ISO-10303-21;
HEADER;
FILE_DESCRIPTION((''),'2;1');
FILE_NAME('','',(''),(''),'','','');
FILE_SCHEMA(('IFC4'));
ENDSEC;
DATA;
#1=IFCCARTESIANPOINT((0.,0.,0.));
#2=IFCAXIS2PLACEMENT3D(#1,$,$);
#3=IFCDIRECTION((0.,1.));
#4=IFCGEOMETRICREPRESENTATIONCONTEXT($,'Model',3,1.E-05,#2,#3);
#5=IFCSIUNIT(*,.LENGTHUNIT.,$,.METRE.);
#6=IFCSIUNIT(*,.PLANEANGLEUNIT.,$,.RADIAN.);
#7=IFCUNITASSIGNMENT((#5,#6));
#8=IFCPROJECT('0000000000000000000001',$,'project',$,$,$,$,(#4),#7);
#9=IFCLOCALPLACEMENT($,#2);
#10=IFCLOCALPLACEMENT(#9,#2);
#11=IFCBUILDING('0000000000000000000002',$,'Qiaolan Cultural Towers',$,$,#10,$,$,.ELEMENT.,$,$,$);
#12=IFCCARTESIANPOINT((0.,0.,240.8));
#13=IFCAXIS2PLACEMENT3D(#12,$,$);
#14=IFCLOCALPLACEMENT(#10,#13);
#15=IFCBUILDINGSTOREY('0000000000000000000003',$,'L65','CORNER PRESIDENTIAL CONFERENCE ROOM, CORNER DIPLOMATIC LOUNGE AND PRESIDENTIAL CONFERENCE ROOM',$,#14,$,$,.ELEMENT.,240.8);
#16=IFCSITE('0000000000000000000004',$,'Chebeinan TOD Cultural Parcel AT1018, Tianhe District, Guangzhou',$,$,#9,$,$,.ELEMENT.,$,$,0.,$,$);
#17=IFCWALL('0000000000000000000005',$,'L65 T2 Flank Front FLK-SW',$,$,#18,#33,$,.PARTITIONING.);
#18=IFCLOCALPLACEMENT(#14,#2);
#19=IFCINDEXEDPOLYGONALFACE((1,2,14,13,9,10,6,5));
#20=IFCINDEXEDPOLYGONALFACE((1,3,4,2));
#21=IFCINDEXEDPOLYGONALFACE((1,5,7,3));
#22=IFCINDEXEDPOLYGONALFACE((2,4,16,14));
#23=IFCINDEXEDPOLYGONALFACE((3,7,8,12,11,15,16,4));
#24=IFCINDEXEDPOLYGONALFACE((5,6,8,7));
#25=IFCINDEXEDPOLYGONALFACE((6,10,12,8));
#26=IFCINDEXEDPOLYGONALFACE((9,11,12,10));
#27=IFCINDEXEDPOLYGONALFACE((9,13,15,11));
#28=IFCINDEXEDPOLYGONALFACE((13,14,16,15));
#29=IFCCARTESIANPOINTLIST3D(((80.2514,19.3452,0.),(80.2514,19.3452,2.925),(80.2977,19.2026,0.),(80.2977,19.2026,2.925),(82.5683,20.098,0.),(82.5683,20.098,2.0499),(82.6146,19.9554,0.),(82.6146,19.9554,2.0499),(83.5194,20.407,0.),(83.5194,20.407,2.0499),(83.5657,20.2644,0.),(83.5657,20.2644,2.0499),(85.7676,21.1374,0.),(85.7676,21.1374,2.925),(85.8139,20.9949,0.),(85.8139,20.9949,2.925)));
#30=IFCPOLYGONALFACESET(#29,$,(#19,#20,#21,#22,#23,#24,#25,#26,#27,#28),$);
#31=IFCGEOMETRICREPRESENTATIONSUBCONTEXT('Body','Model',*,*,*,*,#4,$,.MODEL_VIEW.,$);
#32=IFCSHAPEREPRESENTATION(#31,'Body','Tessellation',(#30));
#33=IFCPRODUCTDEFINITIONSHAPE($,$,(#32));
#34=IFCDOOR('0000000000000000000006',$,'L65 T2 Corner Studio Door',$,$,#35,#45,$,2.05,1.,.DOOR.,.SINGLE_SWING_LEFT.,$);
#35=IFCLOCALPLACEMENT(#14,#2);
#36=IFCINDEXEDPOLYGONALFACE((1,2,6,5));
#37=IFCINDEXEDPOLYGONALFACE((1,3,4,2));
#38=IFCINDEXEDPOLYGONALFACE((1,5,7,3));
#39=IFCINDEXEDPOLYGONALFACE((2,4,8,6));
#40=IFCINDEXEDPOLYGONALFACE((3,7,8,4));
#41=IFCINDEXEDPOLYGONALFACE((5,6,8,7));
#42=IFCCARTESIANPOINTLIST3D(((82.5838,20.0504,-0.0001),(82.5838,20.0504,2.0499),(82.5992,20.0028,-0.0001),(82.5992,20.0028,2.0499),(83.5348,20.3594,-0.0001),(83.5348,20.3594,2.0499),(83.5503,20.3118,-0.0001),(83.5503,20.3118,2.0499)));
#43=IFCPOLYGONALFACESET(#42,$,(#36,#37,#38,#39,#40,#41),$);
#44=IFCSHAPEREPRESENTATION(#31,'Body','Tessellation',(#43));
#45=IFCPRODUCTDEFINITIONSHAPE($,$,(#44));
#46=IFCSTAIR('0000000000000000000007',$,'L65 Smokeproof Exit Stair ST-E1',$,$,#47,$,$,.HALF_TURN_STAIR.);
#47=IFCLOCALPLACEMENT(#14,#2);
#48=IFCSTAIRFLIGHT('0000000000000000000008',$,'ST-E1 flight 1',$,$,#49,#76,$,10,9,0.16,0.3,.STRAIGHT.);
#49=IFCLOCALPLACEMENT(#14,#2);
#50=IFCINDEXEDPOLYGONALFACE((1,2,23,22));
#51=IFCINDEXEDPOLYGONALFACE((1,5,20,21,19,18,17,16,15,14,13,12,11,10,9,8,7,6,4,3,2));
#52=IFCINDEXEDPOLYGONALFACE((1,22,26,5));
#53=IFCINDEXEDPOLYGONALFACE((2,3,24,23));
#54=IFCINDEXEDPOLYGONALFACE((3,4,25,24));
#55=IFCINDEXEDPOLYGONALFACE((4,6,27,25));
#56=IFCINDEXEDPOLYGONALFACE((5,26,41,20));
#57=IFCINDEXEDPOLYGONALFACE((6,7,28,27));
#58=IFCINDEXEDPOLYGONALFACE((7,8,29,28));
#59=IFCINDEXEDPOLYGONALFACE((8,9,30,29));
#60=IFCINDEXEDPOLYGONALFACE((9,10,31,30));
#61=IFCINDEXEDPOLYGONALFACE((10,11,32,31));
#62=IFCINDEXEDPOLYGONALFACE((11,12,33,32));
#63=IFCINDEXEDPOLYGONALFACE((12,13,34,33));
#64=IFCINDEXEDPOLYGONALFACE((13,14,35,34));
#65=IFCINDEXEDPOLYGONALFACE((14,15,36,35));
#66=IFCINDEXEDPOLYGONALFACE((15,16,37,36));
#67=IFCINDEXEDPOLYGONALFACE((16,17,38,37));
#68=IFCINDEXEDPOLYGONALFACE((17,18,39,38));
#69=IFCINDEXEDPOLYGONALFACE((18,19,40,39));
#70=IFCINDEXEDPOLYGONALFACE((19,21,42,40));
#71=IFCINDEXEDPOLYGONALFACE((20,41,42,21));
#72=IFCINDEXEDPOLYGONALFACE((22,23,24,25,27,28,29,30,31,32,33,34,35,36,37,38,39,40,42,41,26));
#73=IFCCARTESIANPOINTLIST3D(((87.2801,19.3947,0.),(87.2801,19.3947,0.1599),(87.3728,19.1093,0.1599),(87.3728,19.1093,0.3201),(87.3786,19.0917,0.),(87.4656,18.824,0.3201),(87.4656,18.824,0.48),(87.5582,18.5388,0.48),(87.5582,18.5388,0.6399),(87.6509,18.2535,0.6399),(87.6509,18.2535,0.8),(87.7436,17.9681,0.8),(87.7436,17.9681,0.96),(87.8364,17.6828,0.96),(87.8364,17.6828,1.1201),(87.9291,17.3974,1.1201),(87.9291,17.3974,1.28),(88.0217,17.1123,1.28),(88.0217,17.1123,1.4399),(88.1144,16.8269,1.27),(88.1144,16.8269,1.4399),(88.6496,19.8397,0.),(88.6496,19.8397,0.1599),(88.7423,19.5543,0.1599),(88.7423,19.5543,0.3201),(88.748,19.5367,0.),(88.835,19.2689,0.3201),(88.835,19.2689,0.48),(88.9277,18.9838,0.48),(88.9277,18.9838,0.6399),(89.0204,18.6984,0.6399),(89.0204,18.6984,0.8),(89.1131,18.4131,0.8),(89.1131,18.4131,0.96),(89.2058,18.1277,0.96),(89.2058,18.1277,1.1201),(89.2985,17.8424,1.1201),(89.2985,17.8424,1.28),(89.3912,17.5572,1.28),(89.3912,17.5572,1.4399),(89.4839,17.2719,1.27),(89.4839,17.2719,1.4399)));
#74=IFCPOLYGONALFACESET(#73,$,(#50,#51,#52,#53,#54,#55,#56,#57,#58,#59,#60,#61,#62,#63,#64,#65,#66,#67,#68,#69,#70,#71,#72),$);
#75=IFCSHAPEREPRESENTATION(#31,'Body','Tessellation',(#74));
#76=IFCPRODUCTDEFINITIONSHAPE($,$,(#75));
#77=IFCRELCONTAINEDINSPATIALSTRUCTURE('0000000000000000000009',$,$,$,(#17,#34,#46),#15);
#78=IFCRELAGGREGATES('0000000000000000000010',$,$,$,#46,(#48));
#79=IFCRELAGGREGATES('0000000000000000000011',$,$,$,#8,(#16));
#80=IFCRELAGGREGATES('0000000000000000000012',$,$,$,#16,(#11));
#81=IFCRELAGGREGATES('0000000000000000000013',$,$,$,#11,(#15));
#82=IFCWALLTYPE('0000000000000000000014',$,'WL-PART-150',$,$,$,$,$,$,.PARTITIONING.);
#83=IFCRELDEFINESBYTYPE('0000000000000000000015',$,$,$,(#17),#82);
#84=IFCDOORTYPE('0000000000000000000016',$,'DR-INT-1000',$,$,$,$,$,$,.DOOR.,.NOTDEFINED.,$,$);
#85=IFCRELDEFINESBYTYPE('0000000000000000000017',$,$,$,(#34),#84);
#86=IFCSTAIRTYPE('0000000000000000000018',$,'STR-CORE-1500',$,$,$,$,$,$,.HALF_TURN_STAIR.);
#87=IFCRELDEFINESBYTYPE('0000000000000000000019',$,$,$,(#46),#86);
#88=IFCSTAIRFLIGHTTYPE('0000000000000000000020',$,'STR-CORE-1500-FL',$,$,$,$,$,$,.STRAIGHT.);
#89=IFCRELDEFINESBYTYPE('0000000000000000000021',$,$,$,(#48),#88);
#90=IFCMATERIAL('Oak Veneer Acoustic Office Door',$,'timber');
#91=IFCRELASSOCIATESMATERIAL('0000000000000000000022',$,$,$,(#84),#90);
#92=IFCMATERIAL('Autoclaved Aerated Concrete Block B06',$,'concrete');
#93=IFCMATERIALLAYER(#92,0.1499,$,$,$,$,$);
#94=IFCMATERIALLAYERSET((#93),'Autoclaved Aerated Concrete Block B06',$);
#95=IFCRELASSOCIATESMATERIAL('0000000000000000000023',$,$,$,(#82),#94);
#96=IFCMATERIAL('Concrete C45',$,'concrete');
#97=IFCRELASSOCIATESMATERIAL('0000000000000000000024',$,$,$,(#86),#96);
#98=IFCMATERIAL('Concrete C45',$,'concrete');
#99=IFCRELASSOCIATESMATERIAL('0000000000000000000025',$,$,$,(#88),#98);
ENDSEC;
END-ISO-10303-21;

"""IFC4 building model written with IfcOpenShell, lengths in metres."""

from ifc_helpers import new_model, si_unit, direction, frame, frame_2d, origin, place, context, subcontext, project, spatial, polyline, rectangle, outline, extrude, material, layer, layer_set, type_object, element, fill, aggregate, save


model = new_model("IFC4")

# Units and contexts
model_context = context("Model", 3, precision=1e-05, world=origin(), true_north=direction((0.0, 1.0)))
body_context = subcontext(model_context, "Body", "Model", "MODEL_VIEW")
ifc_project = project(units=[si_unit("LENGTHUNIT", "METRE"), si_unit("PLANEANGLEUNIT", "RADIAN")], contexts=[model_context])

# Site, building, storey
site_placement = place(None, origin())
site = spatial("IfcSite", under=ifc_project, at=site_placement, Name="Chebeinan TOD Cultural Parcel AT1018, Tianhe District, Guangzhou", CompositionType="ELEMENT", RefElevation=0.0)
building_placement = place(site_placement, origin())
building = spatial("IfcBuilding", under=site, at=building_placement, Name="Qiaolan Cultural Towers", CompositionType="ELEMENT")
storey_placement = place(building_placement, frame((0.0, 0.0, 240.8)))
storey = spatial("IfcBuildingStorey", under=building, at=storey_placement, Name="L65", Description="CORNER PRESIDENTIAL CONFERENCE ROOM, CORNER DIPLOMATIC LOUNGE AND PRESIDENTIAL CONFERENCE ROOM", CompositionType="ELEMENT", Elevation=240.8)

# Shared definitions
ifc_material_1 = material(Name="Oak Veneer Acoustic Office Door", Category="timber")
door_type = type_object("IfcDoorType", Name="DR-INT-1000", OperationType="NOTDEFINED", PredefinedType="DOOR", material=ifc_material_1)

# Wall, opening, door
ifc_material_2 = material(Name="Autoclaved Aerated Concrete Block B06", Category="concrete")
ifc_layer_1 = layer(ifc_material_2, 0.1499)
ifc_layer_set_1 = layer_set([ifc_layer_1], Name="Autoclaved Aerated Concrete Block B06")
wall_type_1 = type_object("IfcWallType", Name="WL-PART-150", PredefinedType="PARTITIONING", material=ifc_layer_set_1)
wall_1_placement = place(storey_placement, frame((80.2747, 19.2739, 0.0), z_axis=(0.0, 0.0, 1.0), x_axis=(0.951059, 0.309008, 0.0)))
wall_1 = element("IfcWall", 1, at=wall_1_placement, inside=storey, type_object=wall_type_1, Name="L65 T2 Flank Front FLK-SW", PredefinedType="PARTITIONING", context=body_context, shape_type="SweptSolid", body=[
    extrude(rectangle(XDim=5.8, YDim=0.1499, at=frame_2d((2.8999, 0.0))), origin(), (0.0, 0.0, 1.0), 2.925),
])
opening_1_placement = place(wall_1_placement, frame((2.436, 0.0, 0.0)))
opening_1 = element("IfcOpeningElement", 2, at=opening_1_placement, cuts=wall_1, PredefinedType="OPENING", context=body_context, shape_type="SweptSolid", body=[
    extrude(rectangle(XDim=1.0, YDim=2.05, at=frame_2d((0.5, 1.0249))), frame((0.0, 0.085, 0.0), z_axis=(0.0, -1.0, 0.0), x_axis=(1.0, 0.0, 0.0)), (0.0, 0.0, 1.0), 0.1699),
])
door_1_placement = place(opening_1_placement, origin())
door_1 = element("IfcDoor", 3, at=door_1_placement, inside=storey, type_object=door_type, Name="L65 T2 Corner Studio Door", OperationType="SINGLE_SWING_LEFT", OverallHeight=2.05, OverallWidth=1.0, PredefinedType="DOOR", context=body_context, shape_type="SweptSolid", body=[
    extrude(rectangle(XDim=1.0, YDim=2.05, at=frame_2d((0.5, 1.0249))), frame((0.0, 0.0249, 0.0), z_axis=(0.0, -1.0, 0.0), x_axis=(1.0, 0.0, 0.0)), (0.0, 0.0, 1.0), 0.05),
])
fill(opening_1, door_1)

# Stair, stair flight
ifc_material_3 = material(Name="Concrete C45", Category="concrete")
stair_type = type_object("IfcStairType", Name="STR-CORE-1500", PredefinedType="HALF_TURN_STAIR", material=ifc_material_3)
stair_placement = place(storey_placement, origin())
stair = element("IfcStair", 4, at=stair_placement, inside=storey, type_object=stair_type, Name="L65 Smokeproof Exit Stair ST-E1", PredefinedType="HALF_TURN_STAIR")
ifc_material_4 = material(Name="Concrete C45", Category="concrete")
stair_flight_type = type_object("IfcStairFlightType", Name="STR-CORE-1500-FL", PredefinedType="STRAIGHT", material=ifc_material_4)
stair_flight_placement = place(storey_placement, frame((87.9648, 19.6172, 0.0), z_axis=(0.0, 0.0, 1.0), x_axis=(0.309017, -0.951057, 0.0)))
stair_flight = element("IfcStairFlight", 5, at=stair_flight_placement, type_object=stair_flight_type, Name="ST-E1 flight 1", NumberOfRisers=10, NumberOfTreads=9, PredefinedType="STRAIGHT", RiserHeight=0.16, TreadLength=0.3, context=body_context, shape_type="SweptSolid", body=[
    extrude(outline(polyline([(0.0, 0.0), (0.0, 0.1599), (0.3, 0.1599), (0.3, 0.3201), (0.6001, 0.3201), (0.6001, 0.48), (0.8999, 0.48), (0.8999, 0.6399), (1.2, 0.6399), (1.2, 0.8), (1.5, 0.8), (1.5, 0.96), (1.8, 0.96), (1.8, 1.1201), (2.1001, 1.1201), (2.1001, 1.28), (2.3999, 1.28), (2.3999, 1.4399), (2.7, 1.4399), (2.7, 1.6001), (2.7, 1.27), (0.3186, 0.0), (0.0, 0.0)])), frame((0.0, 0.72, 0.0), z_axis=(0.0, -1.0, 0.0), x_axis=(1.0, 0.0, 0.0)), (0.0, 0.0, 1.0), 1.4399),
])
aggregate(stair, [stair_flight])

save(model, "model.ifc")
